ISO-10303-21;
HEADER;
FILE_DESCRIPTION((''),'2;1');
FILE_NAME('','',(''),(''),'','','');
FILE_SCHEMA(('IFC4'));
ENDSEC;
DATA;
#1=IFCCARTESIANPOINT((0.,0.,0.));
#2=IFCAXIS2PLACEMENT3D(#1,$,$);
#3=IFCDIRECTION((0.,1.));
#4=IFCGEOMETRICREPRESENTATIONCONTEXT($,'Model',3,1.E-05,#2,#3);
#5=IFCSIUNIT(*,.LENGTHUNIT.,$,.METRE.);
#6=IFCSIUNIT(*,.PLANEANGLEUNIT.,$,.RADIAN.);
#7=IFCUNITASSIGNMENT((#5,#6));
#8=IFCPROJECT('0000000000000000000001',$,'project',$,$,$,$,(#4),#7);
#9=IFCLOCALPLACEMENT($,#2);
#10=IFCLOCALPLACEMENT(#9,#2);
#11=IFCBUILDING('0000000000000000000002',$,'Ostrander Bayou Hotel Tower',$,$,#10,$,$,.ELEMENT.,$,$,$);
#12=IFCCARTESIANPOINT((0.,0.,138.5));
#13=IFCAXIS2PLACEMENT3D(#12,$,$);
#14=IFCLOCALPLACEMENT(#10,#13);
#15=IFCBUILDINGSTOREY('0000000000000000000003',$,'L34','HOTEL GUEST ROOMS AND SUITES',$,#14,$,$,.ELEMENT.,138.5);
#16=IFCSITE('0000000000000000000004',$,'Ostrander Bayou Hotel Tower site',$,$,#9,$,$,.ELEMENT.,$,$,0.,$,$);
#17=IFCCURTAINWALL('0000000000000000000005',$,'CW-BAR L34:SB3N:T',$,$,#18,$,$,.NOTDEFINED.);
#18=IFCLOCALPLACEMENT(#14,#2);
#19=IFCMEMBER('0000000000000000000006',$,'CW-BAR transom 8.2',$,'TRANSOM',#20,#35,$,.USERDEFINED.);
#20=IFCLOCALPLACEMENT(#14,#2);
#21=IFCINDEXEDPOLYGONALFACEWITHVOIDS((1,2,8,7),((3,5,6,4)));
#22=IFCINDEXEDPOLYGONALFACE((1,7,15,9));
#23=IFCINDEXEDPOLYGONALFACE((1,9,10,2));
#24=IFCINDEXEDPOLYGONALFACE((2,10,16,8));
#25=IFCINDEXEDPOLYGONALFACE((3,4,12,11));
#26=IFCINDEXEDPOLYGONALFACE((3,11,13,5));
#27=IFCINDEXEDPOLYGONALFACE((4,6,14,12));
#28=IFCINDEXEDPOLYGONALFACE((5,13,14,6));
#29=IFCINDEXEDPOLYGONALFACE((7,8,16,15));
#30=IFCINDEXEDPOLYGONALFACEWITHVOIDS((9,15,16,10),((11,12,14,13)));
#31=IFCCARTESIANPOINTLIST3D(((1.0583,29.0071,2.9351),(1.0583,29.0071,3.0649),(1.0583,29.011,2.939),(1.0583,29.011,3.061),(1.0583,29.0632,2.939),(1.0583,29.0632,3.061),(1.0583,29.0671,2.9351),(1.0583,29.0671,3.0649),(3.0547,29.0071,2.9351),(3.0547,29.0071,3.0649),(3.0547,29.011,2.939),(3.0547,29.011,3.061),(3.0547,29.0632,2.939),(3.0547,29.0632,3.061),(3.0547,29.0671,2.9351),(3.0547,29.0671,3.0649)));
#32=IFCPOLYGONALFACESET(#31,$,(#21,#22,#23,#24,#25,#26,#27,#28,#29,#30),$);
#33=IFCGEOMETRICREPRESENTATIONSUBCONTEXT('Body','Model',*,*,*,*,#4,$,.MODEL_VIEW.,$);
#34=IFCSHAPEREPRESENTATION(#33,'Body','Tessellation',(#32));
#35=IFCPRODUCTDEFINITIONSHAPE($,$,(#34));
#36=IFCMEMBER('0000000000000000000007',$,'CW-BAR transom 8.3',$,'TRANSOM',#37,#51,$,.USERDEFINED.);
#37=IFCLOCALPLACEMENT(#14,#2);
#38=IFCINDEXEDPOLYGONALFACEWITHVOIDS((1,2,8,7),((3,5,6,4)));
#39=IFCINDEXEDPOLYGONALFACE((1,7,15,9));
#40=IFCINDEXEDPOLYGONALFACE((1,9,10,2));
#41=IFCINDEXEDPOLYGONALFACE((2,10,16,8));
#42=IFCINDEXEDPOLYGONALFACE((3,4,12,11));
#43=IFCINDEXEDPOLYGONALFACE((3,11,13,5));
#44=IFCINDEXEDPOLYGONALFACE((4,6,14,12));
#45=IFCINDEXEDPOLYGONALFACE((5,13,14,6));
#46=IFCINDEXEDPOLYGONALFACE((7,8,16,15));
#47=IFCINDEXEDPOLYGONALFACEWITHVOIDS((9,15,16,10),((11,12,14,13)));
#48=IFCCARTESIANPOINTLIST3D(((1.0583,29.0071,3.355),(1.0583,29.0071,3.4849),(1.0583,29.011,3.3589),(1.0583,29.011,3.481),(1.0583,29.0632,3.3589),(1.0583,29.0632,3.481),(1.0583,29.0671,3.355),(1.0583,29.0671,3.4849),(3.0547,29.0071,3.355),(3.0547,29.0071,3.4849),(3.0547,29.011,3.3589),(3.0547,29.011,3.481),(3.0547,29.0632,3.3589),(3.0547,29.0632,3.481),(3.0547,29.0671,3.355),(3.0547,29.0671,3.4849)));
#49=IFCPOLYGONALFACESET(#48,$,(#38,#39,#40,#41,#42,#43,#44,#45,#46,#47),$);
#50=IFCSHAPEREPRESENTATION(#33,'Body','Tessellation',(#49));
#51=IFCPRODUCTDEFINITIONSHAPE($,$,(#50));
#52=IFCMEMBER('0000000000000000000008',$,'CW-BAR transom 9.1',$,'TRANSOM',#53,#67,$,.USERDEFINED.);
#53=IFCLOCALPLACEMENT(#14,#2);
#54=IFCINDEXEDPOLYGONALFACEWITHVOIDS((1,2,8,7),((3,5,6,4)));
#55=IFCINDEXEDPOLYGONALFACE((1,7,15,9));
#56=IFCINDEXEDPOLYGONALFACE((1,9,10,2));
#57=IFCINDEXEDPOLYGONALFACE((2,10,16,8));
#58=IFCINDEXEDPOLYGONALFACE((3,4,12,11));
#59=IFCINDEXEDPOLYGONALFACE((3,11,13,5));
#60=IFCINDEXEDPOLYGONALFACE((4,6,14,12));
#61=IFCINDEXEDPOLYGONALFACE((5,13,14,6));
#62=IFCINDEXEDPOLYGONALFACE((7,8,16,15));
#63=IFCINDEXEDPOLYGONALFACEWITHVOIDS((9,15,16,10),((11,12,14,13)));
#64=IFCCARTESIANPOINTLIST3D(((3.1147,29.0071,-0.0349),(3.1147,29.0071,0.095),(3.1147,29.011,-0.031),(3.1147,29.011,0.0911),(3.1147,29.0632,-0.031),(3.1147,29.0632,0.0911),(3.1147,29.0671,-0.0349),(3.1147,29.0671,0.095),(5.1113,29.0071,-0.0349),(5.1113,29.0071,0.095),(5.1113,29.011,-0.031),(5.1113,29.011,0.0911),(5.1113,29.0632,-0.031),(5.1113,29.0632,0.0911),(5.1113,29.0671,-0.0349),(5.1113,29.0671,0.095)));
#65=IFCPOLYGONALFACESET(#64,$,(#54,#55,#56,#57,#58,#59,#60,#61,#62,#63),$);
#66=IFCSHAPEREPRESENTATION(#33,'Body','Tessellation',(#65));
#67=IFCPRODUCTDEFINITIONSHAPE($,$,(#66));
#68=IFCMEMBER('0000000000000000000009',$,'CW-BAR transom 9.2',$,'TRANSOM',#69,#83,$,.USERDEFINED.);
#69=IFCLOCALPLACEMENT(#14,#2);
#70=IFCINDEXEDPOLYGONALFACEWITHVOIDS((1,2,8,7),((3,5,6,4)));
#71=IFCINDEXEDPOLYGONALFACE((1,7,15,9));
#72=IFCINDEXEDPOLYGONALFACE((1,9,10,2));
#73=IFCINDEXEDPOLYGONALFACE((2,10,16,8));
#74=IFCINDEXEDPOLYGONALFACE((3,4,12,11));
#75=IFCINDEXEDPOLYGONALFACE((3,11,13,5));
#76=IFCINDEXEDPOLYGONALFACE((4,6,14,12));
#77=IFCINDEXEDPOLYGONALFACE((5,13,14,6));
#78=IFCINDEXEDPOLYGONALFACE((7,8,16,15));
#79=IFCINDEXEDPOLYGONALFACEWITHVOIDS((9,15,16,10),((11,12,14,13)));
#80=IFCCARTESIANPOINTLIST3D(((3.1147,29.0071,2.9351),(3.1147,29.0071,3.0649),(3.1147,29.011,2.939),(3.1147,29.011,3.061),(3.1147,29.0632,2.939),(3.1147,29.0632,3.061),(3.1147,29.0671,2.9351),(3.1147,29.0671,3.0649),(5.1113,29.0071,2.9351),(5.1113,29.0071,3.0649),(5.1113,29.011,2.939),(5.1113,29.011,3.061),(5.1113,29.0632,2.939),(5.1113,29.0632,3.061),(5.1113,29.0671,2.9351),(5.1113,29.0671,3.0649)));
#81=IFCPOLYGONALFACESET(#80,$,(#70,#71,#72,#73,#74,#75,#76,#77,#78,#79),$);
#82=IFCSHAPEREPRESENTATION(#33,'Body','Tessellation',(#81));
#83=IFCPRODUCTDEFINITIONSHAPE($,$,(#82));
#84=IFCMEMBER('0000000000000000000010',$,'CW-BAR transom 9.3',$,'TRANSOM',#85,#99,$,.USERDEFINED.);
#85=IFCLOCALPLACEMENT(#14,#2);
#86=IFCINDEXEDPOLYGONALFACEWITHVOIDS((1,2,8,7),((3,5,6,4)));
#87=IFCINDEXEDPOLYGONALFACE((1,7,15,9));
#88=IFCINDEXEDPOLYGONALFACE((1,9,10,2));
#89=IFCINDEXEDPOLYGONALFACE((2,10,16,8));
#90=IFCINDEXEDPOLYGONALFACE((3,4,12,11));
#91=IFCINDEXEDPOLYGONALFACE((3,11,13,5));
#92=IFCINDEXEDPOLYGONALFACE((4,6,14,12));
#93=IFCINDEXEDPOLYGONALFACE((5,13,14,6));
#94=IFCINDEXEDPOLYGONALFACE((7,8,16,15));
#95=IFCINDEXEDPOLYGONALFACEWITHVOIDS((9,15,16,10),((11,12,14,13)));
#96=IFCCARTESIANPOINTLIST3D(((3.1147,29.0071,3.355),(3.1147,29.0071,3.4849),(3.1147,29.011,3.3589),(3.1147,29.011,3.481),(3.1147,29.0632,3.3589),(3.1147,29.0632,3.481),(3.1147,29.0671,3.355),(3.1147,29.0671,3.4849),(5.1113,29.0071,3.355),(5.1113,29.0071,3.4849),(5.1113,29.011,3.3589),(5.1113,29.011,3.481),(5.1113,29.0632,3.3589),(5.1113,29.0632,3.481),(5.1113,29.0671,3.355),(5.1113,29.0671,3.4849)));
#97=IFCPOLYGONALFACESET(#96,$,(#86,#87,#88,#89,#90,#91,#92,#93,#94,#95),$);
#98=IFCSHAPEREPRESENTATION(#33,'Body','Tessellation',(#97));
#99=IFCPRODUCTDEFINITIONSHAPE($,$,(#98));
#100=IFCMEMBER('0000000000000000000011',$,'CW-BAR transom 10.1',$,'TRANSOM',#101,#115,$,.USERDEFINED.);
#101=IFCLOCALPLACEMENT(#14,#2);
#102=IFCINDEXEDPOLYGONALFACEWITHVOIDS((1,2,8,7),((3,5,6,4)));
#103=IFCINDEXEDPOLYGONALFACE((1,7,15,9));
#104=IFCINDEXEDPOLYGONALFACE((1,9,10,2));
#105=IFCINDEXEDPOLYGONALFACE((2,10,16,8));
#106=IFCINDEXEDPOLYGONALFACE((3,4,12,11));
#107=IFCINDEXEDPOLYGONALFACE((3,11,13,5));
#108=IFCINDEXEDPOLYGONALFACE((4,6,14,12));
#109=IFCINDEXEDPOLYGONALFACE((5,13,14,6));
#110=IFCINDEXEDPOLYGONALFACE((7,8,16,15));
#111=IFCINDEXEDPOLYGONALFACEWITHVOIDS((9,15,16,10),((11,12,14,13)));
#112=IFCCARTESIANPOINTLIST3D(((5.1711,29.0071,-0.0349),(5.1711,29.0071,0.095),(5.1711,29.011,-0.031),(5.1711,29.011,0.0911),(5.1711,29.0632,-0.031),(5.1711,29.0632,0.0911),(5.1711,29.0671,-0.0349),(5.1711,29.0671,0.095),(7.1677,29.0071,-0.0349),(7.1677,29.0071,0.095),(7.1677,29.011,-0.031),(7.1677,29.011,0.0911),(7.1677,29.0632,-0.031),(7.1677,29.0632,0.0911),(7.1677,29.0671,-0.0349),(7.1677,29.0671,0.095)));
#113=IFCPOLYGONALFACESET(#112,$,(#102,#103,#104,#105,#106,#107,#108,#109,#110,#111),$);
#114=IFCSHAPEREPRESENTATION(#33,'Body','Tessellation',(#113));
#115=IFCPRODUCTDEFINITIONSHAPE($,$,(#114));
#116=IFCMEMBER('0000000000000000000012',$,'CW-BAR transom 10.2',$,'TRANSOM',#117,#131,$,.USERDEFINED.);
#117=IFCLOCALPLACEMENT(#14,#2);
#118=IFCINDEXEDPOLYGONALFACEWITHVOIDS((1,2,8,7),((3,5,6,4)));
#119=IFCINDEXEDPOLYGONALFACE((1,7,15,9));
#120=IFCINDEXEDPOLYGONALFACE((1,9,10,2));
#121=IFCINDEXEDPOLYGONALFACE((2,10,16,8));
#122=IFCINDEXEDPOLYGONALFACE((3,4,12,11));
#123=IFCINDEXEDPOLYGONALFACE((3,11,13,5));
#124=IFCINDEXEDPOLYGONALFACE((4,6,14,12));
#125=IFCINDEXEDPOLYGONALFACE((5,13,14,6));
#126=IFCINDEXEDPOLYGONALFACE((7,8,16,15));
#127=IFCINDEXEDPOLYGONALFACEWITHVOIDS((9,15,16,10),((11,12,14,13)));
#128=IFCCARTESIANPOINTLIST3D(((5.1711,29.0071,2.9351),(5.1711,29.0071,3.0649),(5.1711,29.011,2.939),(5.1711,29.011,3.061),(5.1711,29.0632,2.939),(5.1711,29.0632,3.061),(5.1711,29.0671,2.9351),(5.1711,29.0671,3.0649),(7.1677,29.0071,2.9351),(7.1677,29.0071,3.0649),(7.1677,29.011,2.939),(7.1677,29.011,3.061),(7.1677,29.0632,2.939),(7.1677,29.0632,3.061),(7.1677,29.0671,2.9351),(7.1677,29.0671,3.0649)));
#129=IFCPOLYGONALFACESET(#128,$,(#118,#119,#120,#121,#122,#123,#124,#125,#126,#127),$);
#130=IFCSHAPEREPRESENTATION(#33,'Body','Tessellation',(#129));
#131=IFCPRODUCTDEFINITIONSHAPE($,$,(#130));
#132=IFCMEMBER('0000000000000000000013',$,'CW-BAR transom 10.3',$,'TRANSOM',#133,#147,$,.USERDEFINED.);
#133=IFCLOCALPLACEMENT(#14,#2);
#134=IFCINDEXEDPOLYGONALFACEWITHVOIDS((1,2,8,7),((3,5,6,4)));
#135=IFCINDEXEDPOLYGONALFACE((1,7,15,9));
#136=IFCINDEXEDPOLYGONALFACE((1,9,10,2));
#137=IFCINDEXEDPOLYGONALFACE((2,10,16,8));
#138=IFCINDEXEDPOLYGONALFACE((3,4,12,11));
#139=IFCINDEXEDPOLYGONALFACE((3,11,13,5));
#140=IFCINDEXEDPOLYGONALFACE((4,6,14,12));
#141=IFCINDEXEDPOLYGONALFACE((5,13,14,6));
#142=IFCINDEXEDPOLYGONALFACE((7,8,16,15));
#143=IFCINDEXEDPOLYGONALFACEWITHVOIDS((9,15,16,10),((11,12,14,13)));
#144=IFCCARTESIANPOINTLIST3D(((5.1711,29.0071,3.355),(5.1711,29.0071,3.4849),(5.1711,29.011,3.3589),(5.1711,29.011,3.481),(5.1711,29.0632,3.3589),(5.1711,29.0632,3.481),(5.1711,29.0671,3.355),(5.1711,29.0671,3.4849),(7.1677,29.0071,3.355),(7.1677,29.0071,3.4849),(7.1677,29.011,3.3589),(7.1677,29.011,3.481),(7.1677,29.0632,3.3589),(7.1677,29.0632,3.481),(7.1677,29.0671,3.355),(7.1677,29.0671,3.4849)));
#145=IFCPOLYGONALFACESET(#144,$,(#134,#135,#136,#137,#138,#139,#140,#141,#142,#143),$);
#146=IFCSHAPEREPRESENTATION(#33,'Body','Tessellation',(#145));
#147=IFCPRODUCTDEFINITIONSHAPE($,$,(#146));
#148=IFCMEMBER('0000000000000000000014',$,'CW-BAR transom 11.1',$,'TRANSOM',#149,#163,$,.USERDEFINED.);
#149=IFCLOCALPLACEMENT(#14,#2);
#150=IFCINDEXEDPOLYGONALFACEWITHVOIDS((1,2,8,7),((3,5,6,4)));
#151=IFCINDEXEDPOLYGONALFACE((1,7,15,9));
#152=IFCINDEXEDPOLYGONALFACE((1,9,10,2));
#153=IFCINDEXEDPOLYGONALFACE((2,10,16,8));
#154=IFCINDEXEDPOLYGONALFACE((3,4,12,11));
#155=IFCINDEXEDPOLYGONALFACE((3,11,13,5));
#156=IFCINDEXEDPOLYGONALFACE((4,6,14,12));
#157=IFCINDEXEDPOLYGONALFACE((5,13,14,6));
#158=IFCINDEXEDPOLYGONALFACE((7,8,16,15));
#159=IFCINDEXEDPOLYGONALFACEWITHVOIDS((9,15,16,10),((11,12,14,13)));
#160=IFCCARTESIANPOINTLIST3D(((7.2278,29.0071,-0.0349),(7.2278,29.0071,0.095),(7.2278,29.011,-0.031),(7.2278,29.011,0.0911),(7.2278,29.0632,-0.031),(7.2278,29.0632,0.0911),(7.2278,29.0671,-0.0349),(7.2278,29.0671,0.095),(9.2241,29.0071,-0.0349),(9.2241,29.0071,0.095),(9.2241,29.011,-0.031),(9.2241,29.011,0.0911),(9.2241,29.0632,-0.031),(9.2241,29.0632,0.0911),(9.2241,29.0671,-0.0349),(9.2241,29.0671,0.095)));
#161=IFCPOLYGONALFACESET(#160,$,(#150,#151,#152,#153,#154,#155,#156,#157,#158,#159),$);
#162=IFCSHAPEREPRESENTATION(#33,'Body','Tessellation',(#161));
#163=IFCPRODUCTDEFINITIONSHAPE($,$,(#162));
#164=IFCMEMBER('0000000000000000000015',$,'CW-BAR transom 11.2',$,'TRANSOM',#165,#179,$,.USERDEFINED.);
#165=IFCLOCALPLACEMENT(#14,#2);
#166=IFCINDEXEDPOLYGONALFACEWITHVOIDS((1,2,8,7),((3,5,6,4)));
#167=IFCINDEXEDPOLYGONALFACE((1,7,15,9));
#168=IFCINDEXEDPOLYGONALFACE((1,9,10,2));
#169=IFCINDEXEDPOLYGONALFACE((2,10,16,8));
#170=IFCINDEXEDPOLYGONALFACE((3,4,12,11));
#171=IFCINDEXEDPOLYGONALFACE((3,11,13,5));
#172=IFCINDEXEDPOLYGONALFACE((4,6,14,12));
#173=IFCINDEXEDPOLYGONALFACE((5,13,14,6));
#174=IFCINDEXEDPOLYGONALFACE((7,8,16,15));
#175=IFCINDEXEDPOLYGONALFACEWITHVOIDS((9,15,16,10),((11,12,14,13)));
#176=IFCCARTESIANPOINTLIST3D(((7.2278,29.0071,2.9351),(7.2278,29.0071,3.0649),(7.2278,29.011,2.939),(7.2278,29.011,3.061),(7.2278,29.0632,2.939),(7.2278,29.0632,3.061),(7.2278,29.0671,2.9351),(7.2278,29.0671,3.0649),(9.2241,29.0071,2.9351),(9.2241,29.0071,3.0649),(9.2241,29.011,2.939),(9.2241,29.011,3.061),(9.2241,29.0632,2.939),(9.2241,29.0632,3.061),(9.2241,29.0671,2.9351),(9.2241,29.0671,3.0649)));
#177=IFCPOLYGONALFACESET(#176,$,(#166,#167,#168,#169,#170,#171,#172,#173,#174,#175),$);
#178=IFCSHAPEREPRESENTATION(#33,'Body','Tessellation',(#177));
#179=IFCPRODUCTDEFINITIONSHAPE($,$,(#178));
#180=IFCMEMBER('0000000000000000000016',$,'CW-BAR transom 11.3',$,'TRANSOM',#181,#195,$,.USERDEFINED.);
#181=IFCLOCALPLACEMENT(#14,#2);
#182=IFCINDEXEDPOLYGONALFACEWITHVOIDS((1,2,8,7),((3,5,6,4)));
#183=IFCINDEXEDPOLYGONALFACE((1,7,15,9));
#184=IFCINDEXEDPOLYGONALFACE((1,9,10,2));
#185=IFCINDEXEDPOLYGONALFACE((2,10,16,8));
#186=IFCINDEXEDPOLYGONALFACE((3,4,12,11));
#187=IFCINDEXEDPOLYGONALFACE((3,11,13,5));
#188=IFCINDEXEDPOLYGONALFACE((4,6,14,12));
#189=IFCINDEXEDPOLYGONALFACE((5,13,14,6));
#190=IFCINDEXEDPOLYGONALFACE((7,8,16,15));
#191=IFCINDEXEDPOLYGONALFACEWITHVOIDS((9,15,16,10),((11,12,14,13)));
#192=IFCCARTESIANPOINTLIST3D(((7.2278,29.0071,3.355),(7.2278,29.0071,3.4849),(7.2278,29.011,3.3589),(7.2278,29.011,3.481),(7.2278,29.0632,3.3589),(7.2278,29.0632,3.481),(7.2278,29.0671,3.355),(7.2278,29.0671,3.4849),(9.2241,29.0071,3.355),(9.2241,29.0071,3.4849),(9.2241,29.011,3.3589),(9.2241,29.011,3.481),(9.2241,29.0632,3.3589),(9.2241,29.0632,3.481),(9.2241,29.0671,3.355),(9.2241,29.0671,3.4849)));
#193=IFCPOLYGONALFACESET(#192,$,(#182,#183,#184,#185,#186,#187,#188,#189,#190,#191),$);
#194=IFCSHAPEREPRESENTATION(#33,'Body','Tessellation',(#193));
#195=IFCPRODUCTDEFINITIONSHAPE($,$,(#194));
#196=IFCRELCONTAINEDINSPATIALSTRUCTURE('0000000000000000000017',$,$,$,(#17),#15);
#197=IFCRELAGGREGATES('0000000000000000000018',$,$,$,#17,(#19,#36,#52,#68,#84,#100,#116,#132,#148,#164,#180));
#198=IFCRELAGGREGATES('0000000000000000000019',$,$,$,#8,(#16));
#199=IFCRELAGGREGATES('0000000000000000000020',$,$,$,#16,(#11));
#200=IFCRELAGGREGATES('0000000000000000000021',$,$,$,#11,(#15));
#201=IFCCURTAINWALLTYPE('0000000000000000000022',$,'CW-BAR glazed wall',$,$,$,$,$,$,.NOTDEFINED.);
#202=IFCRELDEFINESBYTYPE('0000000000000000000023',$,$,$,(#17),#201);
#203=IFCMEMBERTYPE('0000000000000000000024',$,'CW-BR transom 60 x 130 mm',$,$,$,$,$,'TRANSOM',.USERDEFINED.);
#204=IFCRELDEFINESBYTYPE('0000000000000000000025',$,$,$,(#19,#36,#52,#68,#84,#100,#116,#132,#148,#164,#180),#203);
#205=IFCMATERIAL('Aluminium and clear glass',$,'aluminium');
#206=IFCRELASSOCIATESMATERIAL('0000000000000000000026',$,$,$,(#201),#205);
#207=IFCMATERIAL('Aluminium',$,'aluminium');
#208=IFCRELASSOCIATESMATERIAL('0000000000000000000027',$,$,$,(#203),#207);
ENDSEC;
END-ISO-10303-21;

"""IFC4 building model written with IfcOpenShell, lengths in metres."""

from ifc_helpers import new_model, si_unit, direction, frame, origin, origin_2d, place, context, subcontext, project, spatial, hollow_rectangle, extrude, material, material_profile, profile_set, type_object, element, aggregate, save


model = new_model("IFC4")

# Units and contexts
model_context = context("Model", 3, precision=1e-05, world=origin(), true_north=direction((0.0, 1.0)))
body_context = subcontext(model_context, "Body", "Model", "MODEL_VIEW")
ifc_project = project(units=[si_unit("LENGTHUNIT", "METRE"), si_unit("PLANEANGLEUNIT", "RADIAN")], contexts=[model_context])

# Site, building, storey
site_placement = place(None, origin())
site = spatial("IfcSite", under=ifc_project, at=site_placement, Name="Ostrander Bayou Hotel Tower site", CompositionType="ELEMENT", RefElevation=0.0)
building_placement = place(site_placement, origin())
building = spatial("IfcBuilding", under=site, at=building_placement, Name="Ostrander Bayou Hotel Tower", CompositionType="ELEMENT")
storey_placement = place(building_placement, frame((0.0, 0.0, 138.5)))
storey = spatial("IfcBuildingStorey", under=building, at=storey_placement, Name="L34", Description="HOTEL GUEST ROOMS AND SUITES", CompositionType="ELEMENT", Elevation=138.5)

# Curtain wall, members
ifc_material_1 = material(Name="Aluminium and clear glass", Category="aluminium")
curtain_wall_type = type_object("IfcCurtainWallType", Name="CW-BAR glazed wall", PredefinedType="NOTDEFINED", material=ifc_material_1)
curtain_wall_placement = place(storey_placement, origin())
curtain_wall = element("IfcCurtainWall", 1, at=curtain_wall_placement, inside=storey, type_object=curtain_wall_type, Name="CW-BAR L34:SB3N:T", PredefinedType="NOTDEFINED")
ifc_material_2 = material(Name="Aluminium", Category="aluminium")
ifc_material_profile_1 = material_profile(ifc_material_2, hollow_rectangle(XDim=0.0601, YDim=0.1299, WallThickness=0.0039, at=origin_2d()))
ifc_profile_set_1 = profile_set([ifc_material_profile_1], Name="Aluminium")
member_type_1 = type_object("IfcMemberType", Name="CW-BR transom 60 x 130 mm", ElementType="TRANSOM", PredefinedType="USERDEFINED", material=ifc_profile_set_1)
member_1_placement = place(storey_placement, frame((1.0583, 29.0371, 3.0), z_axis=(1.0, 0.0, 0.0), x_axis=(0.0, 1.0, 0.0)))
member_1 = element("IfcMember", 2, at=member_1_placement, type_object=member_type_1, Name="CW-BAR transom 8.2", ObjectType="TRANSOM", PredefinedType="USERDEFINED", context=body_context, shape_type="SweptSolid", body=[
    extrude(hollow_rectangle(XDim=0.0601, YDim=0.1299, WallThickness=0.0039, at=origin_2d()), origin(), (0.0, 0.0, 1.0), 1.9963),
])
member_2_placement = place(storey_placement, frame((1.0583, 29.0371, 3.4199), z_axis=(1.0, 0.0, 0.0), x_axis=(0.0, 1.0, 0.0)))
member_2 = element("IfcMember", 3, at=member_2_placement, type_object=member_type_1, Name="CW-BAR transom 8.3", ObjectType="TRANSOM", PredefinedType="USERDEFINED", context=body_context, shape_type="SweptSolid", body=[
    extrude(hollow_rectangle(XDim=0.0601, YDim=0.1299, WallThickness=0.0039, at=origin_2d()), origin(), (0.0, 0.0, 1.0), 1.9963),
])
member_3_placement = place(storey_placement, frame((3.1147, 29.0371, 0.03), z_axis=(1.0, 0.0, 0.0), x_axis=(0.0, 1.0, 0.0)))
member_3 = element("IfcMember", 4, at=member_3_placement, type_object=member_type_1, Name="CW-BAR transom 9.1", ObjectType="TRANSOM", PredefinedType="USERDEFINED", context=body_context, shape_type="SweptSolid", body=[
    extrude(hollow_rectangle(XDim=0.0601, YDim=0.1299, WallThickness=0.0039, at=origin_2d()), origin(), (0.0, 0.0, 1.0), 1.9966),
])
member_4_placement = place(storey_placement, frame((3.1147, 29.0371, 3.0), z_axis=(1.0, 0.0, 0.0), x_axis=(0.0, 1.0, 0.0)))
member_4 = element("IfcMember", 5, at=member_4_placement, type_object=member_type_1, Name="CW-BAR transom 9.2", ObjectType="TRANSOM", PredefinedType="USERDEFINED", context=body_context, shape_type="SweptSolid", body=[
    extrude(hollow_rectangle(XDim=0.0601, YDim=0.1299, WallThickness=0.0039, at=origin_2d()), origin(), (0.0, 0.0, 1.0), 1.9966),
])
member_5_placement = place(storey_placement, frame((3.1147, 29.0371, 3.4199), z_axis=(1.0, 0.0, 0.0), x_axis=(0.0, 1.0, 0.0)))
member_5 = element("IfcMember", 6, at=member_5_placement, type_object=member_type_1, Name="CW-BAR transom 9.3", ObjectType="TRANSOM", PredefinedType="USERDEFINED", context=body_context, shape_type="SweptSolid", body=[
    extrude(hollow_rectangle(XDim=0.0601, YDim=0.1299, WallThickness=0.0039, at=origin_2d()), origin(), (0.0, 0.0, 1.0), 1.9966),
])
member_6_placement = place(storey_placement, frame((5.1711, 29.0371, 0.03), z_axis=(1.0, 0.0, 0.0), x_axis=(0.0, 1.0, 0.0)))
member_6 = element("IfcMember", 7, at=member_6_placement, type_object=member_type_1, Name="CW-BAR transom 10.1", ObjectType="TRANSOM", PredefinedType="USERDEFINED", context=body_context, shape_type="SweptSolid", body=[
    extrude(hollow_rectangle(XDim=0.0601, YDim=0.1299, WallThickness=0.0039, at=origin_2d()), origin(), (0.0, 0.0, 1.0), 1.9966),
])
member_7_placement = place(storey_placement, frame((5.1711, 29.0371, 3.0), z_axis=(1.0, 0.0, 0.0), x_axis=(0.0, 1.0, 0.0)))
member_7 = element("IfcMember", 8, at=member_7_placement, type_object=member_type_1, Name="CW-BAR transom 10.2", ObjectType="TRANSOM", PredefinedType="USERDEFINED", context=body_context, shape_type="SweptSolid", body=[
    extrude(hollow_rectangle(XDim=0.0601, YDim=0.1299, WallThickness=0.0039, at=origin_2d()), origin(), (0.0, 0.0, 1.0), 1.9966),
])
member_8_placement = place(storey_placement, frame((5.1711, 29.0371, 3.4199), z_axis=(1.0, 0.0, 0.0), x_axis=(0.0, 1.0, 0.0)))
member_8 = element("IfcMember", 9, at=member_8_placement, type_object=member_type_1, Name="CW-BAR transom 10.3", ObjectType="TRANSOM", PredefinedType="USERDEFINED", context=body_context, shape_type="SweptSolid", body=[
    extrude(hollow_rectangle(XDim=0.0601, YDim=0.1299, WallThickness=0.0039, at=origin_2d()), origin(), (0.0, 0.0, 1.0), 1.9966),
])
member_9_placement = place(storey_placement, frame((7.2278, 29.0371, 0.03), z_axis=(1.0, 0.0, 0.0), x_axis=(0.0, 1.0, 0.0)))
member_9 = element("IfcMember", 10, at=member_9_placement, type_object=member_type_1, Name="CW-BAR transom 11.1", ObjectType="TRANSOM", PredefinedType="USERDEFINED", context=body_context, shape_type="SweptSolid", body=[
    extrude(hollow_rectangle(XDim=0.0601, YDim=0.1299, WallThickness=0.0039, at=origin_2d()), origin(), (0.0, 0.0, 1.0), 1.9963),
])
member_10_placement = place(storey_placement, frame((7.2278, 29.0371, 3.0), z_axis=(1.0, 0.0, 0.0), x_axis=(0.0, 1.0, 0.0)))
member_10 = element("IfcMember", 11, at=member_10_placement, type_object=member_type_1, Name="CW-BAR transom 11.2", ObjectType="TRANSOM", PredefinedType="USERDEFINED", context=body_context, shape_type="SweptSolid", body=[
    extrude(hollow_rectangle(XDim=0.0601, YDim=0.1299, WallThickness=0.0039, at=origin_2d()), origin(), (0.0, 0.0, 1.0), 1.9963),
])
member_11_placement = place(storey_placement, frame((7.2278, 29.0371, 3.4199), z_axis=(1.0, 0.0, 0.0), x_axis=(0.0, 1.0, 0.0)))
member_11 = element("IfcMember", 12, at=member_11_placement, type_object=member_type_1, Name="CW-BAR transom 11.3", ObjectType="TRANSOM", PredefinedType="USERDEFINED", context=body_context, shape_type="SweptSolid", body=[
    extrude(hollow_rectangle(XDim=0.0601, YDim=0.1299, WallThickness=0.0039, at=origin_2d()), origin(), (0.0, 0.0, 1.0), 1.9963),
])
aggregate(curtain_wall, [member_1, member_2, member_3, member_4, member_5, member_6, member_7, member_8, member_9, member_10, member_11])

save(model, "model.ifc")
